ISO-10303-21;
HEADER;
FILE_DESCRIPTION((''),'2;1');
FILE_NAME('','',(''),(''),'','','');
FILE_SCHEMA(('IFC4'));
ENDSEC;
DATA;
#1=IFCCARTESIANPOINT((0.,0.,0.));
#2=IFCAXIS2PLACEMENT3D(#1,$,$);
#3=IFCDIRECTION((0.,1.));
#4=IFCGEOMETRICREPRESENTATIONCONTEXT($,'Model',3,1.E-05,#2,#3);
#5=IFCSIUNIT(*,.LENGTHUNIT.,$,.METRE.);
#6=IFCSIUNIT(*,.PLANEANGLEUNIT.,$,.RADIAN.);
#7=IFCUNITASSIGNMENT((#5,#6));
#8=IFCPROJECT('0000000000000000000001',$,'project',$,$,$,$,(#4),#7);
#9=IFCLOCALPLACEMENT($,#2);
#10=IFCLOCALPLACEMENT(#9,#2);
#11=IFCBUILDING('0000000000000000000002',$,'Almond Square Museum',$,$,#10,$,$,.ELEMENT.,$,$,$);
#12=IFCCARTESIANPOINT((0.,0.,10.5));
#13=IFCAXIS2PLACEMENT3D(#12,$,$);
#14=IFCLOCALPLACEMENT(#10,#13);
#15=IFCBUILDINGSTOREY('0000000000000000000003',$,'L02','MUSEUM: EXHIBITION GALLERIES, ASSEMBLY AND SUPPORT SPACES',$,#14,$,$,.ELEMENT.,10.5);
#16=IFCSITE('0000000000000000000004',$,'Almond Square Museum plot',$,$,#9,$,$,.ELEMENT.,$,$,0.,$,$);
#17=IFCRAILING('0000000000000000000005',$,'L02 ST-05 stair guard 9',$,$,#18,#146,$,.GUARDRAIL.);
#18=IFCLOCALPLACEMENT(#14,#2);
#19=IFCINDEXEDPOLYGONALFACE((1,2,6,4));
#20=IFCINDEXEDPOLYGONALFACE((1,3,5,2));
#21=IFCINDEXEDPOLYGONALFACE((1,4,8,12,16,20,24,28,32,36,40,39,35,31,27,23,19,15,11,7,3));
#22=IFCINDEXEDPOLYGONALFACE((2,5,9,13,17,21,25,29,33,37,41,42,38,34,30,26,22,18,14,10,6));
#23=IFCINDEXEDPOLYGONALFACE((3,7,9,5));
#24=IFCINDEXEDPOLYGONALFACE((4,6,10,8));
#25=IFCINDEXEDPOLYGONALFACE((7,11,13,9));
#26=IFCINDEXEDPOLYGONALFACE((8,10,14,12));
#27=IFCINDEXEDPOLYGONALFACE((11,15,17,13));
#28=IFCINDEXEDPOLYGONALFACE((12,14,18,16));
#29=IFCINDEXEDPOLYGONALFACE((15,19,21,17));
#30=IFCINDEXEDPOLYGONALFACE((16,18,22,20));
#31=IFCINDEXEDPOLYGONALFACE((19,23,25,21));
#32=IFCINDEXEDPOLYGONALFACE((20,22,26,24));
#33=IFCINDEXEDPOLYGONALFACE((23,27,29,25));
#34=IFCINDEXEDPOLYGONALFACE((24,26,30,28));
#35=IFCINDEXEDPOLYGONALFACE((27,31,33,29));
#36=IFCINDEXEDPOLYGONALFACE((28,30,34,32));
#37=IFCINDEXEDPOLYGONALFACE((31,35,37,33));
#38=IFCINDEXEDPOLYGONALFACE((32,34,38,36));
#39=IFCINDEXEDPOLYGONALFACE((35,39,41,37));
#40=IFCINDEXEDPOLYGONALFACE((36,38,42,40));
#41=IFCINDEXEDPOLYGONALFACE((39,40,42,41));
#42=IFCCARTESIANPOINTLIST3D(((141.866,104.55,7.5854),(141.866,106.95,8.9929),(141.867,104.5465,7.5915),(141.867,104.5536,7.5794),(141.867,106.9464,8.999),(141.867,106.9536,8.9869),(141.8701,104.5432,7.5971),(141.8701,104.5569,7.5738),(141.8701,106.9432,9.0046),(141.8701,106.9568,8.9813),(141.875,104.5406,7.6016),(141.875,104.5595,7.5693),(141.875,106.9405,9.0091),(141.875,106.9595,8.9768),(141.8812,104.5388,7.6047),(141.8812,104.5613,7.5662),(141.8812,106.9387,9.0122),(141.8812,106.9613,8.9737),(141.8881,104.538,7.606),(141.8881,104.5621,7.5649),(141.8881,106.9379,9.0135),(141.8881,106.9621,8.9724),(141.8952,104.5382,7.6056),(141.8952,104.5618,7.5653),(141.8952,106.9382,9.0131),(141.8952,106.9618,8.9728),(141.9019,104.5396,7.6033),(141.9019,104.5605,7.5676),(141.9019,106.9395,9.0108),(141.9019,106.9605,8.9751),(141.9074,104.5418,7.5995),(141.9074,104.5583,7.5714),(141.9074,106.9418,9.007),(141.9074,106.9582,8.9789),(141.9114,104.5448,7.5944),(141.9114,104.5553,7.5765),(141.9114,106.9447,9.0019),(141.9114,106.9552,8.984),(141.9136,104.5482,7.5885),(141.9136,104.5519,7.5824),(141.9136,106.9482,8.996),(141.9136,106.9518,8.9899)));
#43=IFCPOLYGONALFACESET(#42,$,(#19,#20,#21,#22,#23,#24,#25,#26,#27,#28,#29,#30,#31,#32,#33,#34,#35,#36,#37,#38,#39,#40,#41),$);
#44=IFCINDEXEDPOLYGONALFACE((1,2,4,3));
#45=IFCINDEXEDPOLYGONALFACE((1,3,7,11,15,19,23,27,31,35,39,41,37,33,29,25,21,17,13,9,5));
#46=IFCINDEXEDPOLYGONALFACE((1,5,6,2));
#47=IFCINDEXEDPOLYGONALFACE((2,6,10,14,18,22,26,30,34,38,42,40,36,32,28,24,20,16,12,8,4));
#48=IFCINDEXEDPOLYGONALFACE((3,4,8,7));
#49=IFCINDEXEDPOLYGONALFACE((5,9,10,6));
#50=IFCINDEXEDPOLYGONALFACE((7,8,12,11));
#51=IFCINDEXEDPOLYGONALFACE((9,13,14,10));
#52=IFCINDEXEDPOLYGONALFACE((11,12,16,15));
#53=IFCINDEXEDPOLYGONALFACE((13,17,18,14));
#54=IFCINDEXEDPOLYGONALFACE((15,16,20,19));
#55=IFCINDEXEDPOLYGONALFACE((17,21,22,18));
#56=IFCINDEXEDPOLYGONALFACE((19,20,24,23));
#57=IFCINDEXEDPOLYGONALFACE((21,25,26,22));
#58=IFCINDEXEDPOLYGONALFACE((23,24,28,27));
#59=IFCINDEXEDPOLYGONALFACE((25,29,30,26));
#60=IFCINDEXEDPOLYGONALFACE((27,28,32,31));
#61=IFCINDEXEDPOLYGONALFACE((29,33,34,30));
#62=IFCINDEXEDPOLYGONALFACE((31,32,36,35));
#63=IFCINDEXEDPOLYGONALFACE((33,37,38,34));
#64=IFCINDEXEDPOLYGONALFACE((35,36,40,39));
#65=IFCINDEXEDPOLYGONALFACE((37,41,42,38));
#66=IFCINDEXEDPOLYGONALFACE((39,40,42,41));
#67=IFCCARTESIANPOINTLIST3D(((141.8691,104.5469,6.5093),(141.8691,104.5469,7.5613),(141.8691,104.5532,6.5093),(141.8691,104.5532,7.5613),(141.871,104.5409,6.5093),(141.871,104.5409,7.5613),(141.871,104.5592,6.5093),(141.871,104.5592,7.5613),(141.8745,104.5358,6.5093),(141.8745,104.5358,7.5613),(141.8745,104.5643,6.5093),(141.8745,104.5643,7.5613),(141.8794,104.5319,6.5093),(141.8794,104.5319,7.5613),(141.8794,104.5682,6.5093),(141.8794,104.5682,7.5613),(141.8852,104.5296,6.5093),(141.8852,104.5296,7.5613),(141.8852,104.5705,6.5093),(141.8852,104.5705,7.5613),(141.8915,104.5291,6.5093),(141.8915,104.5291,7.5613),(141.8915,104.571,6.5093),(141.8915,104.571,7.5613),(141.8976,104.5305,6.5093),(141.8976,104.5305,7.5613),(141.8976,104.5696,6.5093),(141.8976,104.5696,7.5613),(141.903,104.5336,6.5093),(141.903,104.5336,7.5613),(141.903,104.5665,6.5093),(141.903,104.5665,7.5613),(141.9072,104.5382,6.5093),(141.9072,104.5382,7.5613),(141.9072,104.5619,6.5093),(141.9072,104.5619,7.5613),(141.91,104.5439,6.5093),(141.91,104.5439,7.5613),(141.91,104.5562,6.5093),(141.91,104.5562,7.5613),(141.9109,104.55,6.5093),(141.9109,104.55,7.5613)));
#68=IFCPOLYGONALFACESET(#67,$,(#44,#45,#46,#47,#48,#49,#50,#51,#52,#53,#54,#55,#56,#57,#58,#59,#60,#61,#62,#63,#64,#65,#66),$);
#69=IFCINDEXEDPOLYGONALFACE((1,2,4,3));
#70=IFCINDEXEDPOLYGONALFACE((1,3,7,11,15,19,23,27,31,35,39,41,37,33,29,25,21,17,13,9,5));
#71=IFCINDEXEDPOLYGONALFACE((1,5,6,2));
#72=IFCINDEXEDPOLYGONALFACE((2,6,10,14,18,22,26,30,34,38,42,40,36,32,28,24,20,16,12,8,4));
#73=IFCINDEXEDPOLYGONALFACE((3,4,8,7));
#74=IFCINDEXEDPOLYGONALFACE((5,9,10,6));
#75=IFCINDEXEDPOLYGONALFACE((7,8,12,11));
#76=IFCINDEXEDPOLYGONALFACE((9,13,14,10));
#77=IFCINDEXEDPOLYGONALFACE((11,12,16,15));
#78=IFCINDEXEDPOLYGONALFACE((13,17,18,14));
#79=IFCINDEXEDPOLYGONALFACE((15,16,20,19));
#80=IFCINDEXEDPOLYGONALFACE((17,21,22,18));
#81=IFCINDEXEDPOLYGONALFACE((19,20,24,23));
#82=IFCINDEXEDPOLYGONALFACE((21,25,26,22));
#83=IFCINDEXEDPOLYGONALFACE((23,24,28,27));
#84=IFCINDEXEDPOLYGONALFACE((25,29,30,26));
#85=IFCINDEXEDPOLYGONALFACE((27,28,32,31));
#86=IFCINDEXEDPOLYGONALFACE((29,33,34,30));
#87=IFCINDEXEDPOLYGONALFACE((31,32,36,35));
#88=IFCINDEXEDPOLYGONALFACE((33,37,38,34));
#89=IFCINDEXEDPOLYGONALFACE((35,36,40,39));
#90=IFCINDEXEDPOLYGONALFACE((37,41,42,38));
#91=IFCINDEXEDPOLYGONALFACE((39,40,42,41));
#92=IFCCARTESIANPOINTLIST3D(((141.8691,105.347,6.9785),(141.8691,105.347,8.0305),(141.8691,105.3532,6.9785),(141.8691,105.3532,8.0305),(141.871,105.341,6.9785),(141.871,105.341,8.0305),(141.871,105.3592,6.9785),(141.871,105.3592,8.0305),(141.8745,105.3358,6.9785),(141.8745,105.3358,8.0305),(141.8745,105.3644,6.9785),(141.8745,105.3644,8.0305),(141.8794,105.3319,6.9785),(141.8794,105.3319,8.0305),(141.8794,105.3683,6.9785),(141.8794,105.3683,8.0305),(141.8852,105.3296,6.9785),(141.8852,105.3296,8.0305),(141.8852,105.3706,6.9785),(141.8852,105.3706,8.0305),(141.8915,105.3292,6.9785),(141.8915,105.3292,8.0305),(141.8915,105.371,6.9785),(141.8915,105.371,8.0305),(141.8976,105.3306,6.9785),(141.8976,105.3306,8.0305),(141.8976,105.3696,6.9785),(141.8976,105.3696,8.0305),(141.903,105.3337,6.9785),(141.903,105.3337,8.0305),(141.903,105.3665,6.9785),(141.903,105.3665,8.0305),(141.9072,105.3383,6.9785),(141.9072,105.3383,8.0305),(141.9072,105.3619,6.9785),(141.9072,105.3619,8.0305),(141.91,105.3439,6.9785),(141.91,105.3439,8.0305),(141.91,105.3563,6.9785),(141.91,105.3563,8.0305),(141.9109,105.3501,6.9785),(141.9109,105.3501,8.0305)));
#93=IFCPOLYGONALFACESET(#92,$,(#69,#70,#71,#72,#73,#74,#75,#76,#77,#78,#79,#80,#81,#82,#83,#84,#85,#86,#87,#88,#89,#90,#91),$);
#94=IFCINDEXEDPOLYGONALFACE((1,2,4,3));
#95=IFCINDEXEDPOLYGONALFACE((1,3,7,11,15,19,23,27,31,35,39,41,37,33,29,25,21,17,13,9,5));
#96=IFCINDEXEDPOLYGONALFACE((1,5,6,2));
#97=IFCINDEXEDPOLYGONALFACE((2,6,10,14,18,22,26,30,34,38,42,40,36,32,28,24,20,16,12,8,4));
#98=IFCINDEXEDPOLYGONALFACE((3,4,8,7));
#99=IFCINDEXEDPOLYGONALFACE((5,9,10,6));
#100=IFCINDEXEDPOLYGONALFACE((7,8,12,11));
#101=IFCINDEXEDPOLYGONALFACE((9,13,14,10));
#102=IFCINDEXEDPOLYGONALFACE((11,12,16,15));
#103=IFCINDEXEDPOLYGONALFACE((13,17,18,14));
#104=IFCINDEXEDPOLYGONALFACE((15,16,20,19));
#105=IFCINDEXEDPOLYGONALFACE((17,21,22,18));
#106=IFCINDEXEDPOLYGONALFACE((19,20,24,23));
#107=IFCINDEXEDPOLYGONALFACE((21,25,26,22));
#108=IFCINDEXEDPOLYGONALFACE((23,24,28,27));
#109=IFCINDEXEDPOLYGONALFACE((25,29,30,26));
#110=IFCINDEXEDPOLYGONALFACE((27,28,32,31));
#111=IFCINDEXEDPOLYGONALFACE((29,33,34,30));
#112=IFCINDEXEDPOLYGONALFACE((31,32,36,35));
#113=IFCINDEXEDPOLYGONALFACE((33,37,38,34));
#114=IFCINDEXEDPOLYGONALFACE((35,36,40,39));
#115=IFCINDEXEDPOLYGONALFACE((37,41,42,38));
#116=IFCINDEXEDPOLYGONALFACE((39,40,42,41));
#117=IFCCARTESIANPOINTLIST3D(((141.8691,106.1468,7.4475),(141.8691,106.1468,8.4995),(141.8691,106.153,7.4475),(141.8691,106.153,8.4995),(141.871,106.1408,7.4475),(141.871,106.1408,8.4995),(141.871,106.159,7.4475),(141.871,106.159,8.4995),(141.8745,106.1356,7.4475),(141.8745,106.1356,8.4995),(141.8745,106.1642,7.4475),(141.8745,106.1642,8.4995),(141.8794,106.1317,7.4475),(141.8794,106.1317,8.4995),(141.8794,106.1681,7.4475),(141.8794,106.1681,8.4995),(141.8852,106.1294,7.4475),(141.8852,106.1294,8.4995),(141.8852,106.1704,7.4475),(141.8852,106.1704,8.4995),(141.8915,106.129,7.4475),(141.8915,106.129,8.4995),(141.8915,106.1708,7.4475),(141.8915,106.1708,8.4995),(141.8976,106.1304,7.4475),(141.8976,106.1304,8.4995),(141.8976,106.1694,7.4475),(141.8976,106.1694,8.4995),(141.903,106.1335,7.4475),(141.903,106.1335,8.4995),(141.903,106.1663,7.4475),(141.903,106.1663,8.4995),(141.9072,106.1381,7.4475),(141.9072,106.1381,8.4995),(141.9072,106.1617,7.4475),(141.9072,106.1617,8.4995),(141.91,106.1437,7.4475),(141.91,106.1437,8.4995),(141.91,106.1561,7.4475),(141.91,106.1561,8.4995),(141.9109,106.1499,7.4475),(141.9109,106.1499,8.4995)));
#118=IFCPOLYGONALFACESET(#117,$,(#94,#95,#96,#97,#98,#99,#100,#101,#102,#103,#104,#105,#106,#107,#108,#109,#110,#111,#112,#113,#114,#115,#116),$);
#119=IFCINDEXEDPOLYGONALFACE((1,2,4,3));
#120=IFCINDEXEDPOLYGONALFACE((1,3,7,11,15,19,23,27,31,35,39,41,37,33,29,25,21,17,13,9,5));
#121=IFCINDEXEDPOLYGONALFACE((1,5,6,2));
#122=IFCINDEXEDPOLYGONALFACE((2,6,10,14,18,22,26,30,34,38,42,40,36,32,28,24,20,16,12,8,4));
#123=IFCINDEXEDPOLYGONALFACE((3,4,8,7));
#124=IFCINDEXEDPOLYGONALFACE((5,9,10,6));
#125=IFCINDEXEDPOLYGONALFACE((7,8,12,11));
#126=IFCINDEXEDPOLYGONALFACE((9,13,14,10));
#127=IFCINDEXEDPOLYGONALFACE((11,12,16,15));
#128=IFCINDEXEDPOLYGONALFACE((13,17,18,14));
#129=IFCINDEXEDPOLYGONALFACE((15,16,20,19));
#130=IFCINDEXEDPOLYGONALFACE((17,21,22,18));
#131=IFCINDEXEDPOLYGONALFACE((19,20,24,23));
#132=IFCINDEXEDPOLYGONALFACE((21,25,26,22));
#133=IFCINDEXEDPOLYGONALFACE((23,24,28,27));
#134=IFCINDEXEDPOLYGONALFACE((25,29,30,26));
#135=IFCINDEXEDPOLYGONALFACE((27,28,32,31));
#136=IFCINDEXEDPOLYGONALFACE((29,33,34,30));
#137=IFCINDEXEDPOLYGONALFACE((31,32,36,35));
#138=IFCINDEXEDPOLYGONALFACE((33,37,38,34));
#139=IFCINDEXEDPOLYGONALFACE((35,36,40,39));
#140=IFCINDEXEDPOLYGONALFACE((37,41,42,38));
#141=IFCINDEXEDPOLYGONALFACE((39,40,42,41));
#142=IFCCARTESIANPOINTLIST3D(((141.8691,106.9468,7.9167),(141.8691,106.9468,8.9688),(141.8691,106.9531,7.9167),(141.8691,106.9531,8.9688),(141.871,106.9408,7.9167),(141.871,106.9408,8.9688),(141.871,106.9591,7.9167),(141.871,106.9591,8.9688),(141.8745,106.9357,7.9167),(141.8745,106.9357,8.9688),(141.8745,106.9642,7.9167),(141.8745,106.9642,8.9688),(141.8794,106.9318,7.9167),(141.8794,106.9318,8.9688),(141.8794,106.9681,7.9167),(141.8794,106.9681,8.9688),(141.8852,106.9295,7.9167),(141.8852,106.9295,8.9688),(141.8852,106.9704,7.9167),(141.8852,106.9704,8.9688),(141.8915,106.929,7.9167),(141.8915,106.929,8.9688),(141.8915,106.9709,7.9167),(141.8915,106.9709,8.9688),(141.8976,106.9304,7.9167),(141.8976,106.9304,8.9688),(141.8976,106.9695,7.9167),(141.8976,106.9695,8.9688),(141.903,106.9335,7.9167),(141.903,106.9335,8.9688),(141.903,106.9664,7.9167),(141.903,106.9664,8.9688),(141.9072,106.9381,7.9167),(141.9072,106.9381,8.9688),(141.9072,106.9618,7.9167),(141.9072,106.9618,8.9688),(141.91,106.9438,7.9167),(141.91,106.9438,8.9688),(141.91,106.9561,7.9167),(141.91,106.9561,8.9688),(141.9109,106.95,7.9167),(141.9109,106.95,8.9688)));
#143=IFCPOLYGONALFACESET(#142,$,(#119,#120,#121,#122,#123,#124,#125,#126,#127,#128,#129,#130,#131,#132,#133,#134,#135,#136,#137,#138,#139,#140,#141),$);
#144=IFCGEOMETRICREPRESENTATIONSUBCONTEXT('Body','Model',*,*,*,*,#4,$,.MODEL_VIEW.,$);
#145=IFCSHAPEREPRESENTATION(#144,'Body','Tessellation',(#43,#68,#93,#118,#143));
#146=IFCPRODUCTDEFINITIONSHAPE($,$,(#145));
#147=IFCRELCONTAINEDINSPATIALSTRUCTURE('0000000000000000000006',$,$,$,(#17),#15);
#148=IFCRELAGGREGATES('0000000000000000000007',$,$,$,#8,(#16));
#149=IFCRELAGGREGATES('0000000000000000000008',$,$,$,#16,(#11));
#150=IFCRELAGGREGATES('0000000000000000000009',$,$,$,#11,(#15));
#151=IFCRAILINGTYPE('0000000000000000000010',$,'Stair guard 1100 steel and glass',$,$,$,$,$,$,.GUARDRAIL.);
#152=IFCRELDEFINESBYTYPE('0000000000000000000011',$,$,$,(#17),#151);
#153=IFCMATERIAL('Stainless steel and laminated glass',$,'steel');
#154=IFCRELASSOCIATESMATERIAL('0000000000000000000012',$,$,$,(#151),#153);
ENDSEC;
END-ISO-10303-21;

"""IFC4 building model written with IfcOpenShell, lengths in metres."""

from ifc_helpers import new_model, si_unit, direction, frame, origin, origin_2d, place, context, subcontext, project, spatial, circle, extrude, material, type_object, element, save


model = new_model("IFC4")

# Units and contexts
model_context = context("Model", 3, precision=1e-05, world=origin(), true_north=direction((0.0, 1.0)))
body_context = subcontext(model_context, "Body", "Model", "MODEL_VIEW")
ifc_project = project(units=[si_unit("LENGTHUNIT", "METRE"), si_unit("PLANEANGLEUNIT", "RADIAN")], contexts=[model_context])

# Site, building, storey
site_placement = place(None, origin())
site = spatial("IfcSite", under=ifc_project, at=site_placement, Name="Almond Square Museum plot", CompositionType="ELEMENT", RefElevation=0.0)
building_placement = place(site_placement, origin())
building = spatial("IfcBuilding", under=site, at=building_placement, Name="Almond Square Museum", CompositionType="ELEMENT")
storey_placement = place(building_placement, frame((0.0, 0.0, 10.5)))
storey = spatial("IfcBuildingStorey", under=building, at=storey_placement, Name="L02", Description="MUSEUM: EXHIBITION GALLERIES, ASSEMBLY AND SUPPORT SPACES", CompositionType="ELEMENT", Elevation=10.5)

# Railing
ifc_material_1 = material(Name="Stainless steel and laminated glass", Category="steel")
railing_type_1 = type_object("IfcRailingType", Name="Stair guard 1100 steel and glass", PredefinedType="GUARDRAIL", material=ifc_material_1)
railing_1_placement = place(storey_placement, frame((141.8899, 104.55, 6.5093)))
element("IfcRailing", 1, at=railing_1_placement, inside=storey, type_object=railing_type_1, Name="L02 ST-05 stair guard 9", PredefinedType="GUARDRAIL", context=body_context, shape_type="SweptSolid", body=[
    extrude(circle(Radius=0.0239, at=origin_2d()), frame((0.0, 0.0, 1.0762), z_axis=(0.0, 0.862599, 0.505888), x_axis=(-1.0, 0.0, 0.0)), (0.0, 0.0, 1.0), 2.7822),
    extrude(circle(Radius=0.021, at=origin_2d()), origin(), (0.0, 0.0, 1.0), 1.052),
    extrude(circle(Radius=0.021, at=origin_2d()), frame((0.0, 0.8, 0.4692)), (0.0, 0.0, 1.0), 1.052),
    extrude(circle(Radius=0.021, at=origin_2d()), frame((0.0, 1.5999, 0.9382)), (0.0, 0.0, 1.0), 1.052),
    extrude(circle(Radius=0.021, at=origin_2d()), frame((0.0, 2.3999, 1.4075)), (0.0, 0.0, 1.0), 1.052),
])

save(model, "model.ifc")
